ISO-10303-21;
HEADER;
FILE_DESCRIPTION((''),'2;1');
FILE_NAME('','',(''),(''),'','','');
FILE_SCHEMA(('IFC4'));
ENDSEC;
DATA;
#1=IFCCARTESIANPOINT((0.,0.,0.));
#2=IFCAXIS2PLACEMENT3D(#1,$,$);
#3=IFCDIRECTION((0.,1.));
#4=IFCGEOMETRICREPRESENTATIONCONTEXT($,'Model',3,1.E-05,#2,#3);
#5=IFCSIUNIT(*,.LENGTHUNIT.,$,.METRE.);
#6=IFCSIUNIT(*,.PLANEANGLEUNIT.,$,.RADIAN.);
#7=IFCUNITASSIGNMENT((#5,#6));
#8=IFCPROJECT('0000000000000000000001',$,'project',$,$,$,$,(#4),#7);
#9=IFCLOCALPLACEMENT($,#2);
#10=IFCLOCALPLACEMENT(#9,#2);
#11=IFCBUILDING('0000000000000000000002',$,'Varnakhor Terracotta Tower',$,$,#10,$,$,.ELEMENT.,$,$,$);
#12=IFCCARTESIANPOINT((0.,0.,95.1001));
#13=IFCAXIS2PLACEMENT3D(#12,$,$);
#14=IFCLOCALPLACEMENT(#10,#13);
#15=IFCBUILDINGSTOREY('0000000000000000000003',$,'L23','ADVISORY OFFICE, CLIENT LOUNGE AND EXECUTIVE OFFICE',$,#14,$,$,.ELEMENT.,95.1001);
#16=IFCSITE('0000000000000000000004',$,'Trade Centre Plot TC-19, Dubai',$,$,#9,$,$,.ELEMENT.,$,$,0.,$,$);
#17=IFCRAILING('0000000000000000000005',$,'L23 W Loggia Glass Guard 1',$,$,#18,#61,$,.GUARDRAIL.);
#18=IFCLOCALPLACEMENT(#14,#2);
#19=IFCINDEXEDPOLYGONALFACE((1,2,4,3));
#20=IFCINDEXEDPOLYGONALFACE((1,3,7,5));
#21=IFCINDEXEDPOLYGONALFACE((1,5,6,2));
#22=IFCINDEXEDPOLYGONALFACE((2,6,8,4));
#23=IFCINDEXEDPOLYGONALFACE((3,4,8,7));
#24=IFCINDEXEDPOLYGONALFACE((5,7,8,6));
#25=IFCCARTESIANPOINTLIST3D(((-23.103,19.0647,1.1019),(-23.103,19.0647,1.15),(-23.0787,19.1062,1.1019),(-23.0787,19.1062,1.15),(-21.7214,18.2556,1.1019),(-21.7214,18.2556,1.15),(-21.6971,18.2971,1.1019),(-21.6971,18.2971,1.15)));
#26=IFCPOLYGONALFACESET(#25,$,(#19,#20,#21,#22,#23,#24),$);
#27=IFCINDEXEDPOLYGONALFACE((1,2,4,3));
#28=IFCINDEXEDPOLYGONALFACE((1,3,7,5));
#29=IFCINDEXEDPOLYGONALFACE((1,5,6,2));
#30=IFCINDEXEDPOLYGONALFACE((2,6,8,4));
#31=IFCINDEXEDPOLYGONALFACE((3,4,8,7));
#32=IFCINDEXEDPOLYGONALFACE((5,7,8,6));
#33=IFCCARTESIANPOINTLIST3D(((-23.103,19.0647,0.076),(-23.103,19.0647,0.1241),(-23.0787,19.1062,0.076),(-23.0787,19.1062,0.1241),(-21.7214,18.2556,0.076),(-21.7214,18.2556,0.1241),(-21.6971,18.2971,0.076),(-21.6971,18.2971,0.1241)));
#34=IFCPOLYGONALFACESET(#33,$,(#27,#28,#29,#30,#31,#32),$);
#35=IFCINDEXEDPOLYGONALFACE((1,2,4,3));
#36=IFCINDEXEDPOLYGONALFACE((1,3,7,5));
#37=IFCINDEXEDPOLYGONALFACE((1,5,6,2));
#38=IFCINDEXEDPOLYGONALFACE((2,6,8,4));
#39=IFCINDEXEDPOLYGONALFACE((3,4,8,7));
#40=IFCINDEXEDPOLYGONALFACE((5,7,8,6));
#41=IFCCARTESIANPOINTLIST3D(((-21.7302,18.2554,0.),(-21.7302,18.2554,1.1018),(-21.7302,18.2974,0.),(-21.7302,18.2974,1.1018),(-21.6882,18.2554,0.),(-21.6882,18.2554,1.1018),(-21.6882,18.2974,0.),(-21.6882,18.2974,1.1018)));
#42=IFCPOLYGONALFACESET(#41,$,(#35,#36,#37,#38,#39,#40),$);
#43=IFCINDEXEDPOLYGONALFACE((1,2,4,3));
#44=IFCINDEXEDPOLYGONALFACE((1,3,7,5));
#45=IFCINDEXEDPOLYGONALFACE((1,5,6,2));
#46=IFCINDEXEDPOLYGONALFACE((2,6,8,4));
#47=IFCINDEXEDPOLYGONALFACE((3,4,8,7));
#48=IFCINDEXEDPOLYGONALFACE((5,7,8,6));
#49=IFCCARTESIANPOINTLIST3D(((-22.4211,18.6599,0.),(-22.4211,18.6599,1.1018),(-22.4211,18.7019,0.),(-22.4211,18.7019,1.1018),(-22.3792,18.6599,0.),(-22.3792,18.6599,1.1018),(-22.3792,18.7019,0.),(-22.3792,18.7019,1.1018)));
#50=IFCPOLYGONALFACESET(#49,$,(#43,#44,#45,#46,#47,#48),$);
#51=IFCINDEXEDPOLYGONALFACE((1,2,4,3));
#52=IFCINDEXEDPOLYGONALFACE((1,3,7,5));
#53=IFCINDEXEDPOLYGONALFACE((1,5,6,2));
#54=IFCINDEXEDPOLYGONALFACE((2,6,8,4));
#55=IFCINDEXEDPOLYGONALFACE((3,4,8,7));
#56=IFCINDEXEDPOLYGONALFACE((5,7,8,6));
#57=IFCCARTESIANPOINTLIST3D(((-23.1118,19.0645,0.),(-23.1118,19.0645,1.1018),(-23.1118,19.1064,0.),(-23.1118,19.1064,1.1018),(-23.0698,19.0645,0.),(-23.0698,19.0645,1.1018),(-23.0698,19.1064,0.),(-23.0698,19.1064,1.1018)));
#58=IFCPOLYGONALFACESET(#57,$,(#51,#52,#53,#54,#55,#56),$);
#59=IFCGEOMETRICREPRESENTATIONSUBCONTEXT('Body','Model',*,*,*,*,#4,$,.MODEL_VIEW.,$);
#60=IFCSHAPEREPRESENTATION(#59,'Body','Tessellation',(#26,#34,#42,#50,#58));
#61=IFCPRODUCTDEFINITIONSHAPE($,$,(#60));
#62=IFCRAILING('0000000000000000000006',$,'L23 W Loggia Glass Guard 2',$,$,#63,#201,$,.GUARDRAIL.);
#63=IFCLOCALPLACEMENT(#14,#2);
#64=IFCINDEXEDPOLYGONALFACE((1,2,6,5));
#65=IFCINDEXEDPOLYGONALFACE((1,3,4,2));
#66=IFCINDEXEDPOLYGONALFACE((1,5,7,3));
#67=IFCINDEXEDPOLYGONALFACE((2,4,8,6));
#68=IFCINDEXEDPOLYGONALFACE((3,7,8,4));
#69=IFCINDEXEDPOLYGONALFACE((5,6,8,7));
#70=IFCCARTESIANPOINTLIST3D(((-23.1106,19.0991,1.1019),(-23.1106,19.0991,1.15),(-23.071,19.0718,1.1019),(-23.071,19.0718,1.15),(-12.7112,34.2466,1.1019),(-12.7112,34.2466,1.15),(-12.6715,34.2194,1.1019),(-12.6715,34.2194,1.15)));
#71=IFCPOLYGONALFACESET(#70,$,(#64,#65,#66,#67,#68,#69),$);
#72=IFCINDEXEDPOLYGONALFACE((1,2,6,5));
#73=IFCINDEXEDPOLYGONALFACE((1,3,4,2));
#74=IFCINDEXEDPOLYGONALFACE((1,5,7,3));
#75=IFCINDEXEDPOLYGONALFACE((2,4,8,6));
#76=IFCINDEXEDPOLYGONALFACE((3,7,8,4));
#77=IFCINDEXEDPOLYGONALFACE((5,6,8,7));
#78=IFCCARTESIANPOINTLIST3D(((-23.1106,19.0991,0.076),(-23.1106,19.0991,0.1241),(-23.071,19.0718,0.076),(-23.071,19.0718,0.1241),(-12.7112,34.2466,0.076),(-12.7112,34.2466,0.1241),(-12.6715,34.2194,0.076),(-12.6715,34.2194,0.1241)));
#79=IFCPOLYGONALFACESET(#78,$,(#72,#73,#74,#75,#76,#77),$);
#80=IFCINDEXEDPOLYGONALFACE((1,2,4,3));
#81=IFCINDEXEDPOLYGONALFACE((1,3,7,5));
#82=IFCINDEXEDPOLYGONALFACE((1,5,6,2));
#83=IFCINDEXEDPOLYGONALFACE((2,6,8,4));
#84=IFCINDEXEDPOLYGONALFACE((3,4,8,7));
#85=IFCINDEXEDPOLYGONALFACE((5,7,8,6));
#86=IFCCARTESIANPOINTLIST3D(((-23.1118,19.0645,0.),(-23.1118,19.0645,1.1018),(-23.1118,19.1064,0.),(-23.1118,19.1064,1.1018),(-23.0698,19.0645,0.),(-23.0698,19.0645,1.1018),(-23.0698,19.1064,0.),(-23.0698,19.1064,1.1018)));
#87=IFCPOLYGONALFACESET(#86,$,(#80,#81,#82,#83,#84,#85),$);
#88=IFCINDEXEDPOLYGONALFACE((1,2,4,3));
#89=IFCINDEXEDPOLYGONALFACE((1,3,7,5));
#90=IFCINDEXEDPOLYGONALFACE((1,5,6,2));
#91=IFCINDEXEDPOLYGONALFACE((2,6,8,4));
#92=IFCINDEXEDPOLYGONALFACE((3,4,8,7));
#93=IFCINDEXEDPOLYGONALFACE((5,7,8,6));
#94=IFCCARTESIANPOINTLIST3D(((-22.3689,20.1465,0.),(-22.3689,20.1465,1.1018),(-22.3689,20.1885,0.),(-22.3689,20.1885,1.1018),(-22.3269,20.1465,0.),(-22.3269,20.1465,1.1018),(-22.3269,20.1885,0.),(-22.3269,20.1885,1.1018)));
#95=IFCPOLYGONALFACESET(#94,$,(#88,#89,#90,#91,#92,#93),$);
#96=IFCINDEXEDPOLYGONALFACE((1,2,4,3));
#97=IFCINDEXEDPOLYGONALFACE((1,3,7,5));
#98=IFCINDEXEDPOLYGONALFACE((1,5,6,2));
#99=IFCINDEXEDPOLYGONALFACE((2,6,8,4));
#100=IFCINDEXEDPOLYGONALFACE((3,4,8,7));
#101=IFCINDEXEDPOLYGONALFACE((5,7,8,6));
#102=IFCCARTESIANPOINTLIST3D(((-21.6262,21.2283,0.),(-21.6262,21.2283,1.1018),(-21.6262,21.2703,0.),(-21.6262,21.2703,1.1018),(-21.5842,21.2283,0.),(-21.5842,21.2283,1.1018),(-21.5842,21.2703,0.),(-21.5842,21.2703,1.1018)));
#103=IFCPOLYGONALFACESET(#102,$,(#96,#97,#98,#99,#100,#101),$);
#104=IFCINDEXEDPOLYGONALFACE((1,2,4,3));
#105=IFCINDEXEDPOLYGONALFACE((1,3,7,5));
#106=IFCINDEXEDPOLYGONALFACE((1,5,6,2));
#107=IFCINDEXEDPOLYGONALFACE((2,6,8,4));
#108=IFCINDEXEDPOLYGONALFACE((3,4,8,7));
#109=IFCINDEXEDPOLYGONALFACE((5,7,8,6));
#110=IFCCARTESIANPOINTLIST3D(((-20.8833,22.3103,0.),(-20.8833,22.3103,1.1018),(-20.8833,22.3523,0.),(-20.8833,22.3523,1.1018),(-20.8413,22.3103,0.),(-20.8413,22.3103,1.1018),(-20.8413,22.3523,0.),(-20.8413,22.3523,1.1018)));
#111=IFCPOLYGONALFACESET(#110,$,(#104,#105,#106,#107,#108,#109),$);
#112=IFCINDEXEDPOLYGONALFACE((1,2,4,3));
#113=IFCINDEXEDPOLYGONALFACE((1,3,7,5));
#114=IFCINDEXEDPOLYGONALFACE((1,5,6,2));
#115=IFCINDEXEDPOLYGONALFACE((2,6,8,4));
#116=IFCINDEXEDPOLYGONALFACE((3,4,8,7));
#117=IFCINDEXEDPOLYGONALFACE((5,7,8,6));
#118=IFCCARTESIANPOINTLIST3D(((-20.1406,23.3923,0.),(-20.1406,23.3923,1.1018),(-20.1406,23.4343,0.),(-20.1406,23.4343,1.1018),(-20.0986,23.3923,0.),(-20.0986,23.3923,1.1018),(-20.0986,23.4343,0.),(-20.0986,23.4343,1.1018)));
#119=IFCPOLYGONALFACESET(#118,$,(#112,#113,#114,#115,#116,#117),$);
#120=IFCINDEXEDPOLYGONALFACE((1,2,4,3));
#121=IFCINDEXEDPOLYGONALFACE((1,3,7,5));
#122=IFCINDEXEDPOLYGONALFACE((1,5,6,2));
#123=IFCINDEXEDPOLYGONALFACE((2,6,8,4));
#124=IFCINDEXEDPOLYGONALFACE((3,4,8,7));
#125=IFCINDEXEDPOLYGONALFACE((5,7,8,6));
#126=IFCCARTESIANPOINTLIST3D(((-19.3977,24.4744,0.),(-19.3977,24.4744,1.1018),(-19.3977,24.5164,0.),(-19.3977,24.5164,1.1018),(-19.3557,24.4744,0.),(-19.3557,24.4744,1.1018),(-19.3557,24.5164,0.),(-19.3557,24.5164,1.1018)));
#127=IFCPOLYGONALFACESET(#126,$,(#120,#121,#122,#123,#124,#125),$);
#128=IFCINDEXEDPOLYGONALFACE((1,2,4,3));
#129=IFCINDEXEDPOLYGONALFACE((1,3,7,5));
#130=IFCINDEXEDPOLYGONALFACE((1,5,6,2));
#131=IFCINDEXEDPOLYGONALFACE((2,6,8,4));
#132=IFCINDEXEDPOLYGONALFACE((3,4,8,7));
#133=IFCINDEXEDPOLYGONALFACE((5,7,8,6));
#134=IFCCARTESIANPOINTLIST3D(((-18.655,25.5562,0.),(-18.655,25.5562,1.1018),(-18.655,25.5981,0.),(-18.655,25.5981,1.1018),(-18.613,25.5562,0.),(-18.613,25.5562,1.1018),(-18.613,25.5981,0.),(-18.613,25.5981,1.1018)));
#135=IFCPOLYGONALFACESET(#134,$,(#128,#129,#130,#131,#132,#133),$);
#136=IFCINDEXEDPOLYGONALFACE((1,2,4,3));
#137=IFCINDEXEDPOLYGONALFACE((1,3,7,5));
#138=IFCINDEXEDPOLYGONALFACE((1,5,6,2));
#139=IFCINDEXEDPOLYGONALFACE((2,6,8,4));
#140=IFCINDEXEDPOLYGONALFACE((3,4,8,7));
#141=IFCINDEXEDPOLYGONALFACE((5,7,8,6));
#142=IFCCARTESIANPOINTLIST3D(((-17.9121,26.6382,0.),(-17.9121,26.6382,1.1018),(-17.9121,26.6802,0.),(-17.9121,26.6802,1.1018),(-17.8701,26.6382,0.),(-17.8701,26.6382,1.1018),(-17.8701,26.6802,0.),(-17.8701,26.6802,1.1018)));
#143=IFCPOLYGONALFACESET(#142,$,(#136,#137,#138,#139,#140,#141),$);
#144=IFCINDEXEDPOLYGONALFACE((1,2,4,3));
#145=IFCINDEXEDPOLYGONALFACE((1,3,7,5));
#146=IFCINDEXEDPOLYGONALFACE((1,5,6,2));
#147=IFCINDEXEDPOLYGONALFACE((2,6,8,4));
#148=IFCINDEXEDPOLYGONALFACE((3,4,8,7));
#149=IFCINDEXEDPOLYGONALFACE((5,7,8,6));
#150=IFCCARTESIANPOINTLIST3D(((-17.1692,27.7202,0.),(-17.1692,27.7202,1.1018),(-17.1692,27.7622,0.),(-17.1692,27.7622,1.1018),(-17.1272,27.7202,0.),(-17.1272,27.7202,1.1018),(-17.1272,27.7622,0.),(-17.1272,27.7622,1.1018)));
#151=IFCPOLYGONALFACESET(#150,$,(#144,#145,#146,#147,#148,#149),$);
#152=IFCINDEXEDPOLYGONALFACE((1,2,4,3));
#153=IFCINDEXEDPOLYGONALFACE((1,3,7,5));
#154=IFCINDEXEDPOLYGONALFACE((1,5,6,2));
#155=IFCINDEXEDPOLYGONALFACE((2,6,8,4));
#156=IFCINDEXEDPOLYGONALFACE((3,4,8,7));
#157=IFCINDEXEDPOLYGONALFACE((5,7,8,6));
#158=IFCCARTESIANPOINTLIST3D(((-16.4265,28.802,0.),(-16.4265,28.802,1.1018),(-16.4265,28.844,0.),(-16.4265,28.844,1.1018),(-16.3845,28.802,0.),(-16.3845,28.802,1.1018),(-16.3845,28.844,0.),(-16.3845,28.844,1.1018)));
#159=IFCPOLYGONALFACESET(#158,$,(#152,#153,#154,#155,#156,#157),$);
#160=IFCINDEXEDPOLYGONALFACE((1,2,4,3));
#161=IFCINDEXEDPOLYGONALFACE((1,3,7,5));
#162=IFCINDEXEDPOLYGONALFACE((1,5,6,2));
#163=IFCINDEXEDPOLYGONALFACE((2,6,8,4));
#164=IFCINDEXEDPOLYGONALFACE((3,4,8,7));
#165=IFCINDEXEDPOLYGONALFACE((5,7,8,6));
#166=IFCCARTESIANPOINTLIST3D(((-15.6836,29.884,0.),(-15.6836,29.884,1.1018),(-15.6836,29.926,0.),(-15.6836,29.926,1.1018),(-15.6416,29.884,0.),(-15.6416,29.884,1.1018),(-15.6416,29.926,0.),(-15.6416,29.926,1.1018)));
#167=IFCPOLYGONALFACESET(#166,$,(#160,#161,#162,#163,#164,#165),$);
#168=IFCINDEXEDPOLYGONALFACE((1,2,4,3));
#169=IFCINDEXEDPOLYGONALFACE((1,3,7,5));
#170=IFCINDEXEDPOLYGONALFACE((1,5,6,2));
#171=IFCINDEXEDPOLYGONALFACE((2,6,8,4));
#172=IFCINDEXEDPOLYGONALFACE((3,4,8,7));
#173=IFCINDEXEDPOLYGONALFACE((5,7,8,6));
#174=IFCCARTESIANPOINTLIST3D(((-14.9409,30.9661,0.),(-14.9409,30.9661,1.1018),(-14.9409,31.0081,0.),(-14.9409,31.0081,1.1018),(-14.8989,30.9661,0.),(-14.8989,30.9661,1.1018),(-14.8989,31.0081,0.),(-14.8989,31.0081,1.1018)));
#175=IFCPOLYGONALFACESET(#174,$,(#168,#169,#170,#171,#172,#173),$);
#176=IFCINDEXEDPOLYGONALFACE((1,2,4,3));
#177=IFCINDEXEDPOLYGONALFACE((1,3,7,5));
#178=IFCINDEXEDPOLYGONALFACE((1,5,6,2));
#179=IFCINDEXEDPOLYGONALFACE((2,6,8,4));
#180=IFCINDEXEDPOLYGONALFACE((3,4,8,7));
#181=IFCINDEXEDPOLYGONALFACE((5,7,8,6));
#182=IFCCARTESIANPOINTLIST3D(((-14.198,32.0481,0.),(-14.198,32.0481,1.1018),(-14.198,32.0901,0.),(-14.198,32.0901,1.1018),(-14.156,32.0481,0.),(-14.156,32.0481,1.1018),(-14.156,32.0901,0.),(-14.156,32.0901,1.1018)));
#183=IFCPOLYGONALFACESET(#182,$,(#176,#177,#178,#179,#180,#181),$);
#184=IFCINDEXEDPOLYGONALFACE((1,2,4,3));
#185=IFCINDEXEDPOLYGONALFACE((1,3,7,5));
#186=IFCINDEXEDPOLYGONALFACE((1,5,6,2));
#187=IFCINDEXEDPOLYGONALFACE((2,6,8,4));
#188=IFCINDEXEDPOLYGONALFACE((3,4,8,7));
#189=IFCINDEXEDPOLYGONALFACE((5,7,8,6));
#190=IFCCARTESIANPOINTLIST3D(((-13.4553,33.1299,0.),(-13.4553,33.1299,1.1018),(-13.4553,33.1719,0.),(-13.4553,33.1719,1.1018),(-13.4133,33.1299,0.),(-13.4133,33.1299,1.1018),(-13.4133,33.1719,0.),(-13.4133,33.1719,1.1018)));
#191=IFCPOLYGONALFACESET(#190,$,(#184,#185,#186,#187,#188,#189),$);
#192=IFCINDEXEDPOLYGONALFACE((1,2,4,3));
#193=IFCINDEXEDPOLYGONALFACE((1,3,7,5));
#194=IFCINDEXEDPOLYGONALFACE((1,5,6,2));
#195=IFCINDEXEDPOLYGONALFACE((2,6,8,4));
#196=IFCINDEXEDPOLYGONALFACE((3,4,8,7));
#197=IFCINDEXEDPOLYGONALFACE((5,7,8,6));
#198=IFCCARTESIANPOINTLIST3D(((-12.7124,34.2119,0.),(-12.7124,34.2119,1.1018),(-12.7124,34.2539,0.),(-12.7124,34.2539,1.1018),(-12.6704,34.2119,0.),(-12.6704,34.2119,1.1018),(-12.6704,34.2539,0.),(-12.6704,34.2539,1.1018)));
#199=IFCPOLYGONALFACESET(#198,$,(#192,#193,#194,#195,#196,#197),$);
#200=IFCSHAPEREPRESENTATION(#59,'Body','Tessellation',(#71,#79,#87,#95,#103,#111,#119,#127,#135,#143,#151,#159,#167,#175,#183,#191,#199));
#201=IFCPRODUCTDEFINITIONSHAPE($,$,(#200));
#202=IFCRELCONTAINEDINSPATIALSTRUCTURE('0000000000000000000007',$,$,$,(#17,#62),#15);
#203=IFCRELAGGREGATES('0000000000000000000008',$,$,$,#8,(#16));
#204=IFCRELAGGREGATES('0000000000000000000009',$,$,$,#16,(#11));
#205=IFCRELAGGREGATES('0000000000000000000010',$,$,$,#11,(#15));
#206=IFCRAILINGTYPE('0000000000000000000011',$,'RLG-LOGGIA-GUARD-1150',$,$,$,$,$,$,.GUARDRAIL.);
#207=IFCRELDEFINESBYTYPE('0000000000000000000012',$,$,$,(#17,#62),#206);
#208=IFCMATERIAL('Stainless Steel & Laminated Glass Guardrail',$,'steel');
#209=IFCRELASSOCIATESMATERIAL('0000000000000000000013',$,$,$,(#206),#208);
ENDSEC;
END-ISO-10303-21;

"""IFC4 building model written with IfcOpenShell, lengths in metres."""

from ifc_helpers import new_model, si_unit, direction, frame, origin, origin_2d, place, context, subcontext, project, spatial, rectangle, extrude, material, type_object, element, save


model = new_model("IFC4")

# Units and contexts
model_context = context("Model", 3, precision=1e-05, world=origin(), true_north=direction((0.0, 1.0)))
body_context = subcontext(model_context, "Body", "Model", "MODEL_VIEW")
ifc_project = project(units=[si_unit("LENGTHUNIT", "METRE"), si_unit("PLANEANGLEUNIT", "RADIAN")], contexts=[model_context])

# Site, building, storey
site_placement = place(None, origin())
site = spatial("IfcSite", under=ifc_project, at=site_placement, Name="Trade Centre Plot TC-19, Dubai", CompositionType="ELEMENT", RefElevation=0.0)
building_placement = place(site_placement, origin())
building = spatial("IfcBuilding", under=site, at=building_placement, Name="Varnakhor Terracotta Tower", CompositionType="ELEMENT")
storey_placement = place(building_placement, frame((0.0, 0.0, 95.1001)))
storey = spatial("IfcBuildingStorey", under=building, at=storey_placement, Name="L23", Description="ADVISORY OFFICE, CLIENT LOUNGE AND EXECUTIVE OFFICE", CompositionType="ELEMENT", Elevation=95.1001)

# Railings
ifc_material_1 = material(Name="Stainless Steel & Laminated Glass Guardrail", Category="steel")
railing_type = type_object("IfcRailingType", Name="RLG-LOGGIA-GUARD-1150", PredefinedType="GUARDRAIL", material=ifc_material_1)
railing_1_placement = place(storey_placement, frame((-21.7092, 18.2764, 0.0)))
element("IfcRailing", 1, at=railing_1_placement, inside=storey, type_object=railing_type, Name="L23 W Loggia Glass Guard 1", PredefinedType="GUARDRAIL", context=body_context, shape_type="SweptSolid", body=[
    extrude(rectangle(XDim=0.0481, YDim=0.0481, at=origin_2d()), frame((0.0, 0.0, 1.126), z_axis=(-0.86292, 0.50534, 0.0), x_axis=(-0.50534, -0.86292, 0.0)), (0.0, 0.0, 1.0), 1.6011),
    extrude(rectangle(XDim=0.0481, YDim=0.0481, at=origin_2d()), frame((0.0, 0.0, 0.1001), z_axis=(-0.86292, 0.50534, 0.0), x_axis=(-0.50534, -0.86292, 0.0)), (0.0, 0.0, 1.0), 1.6011),
    extrude(rectangle(XDim=0.042, YDim=0.042, at=origin_2d()), origin(), (0.0, 0.0, 1.0), 1.1018),
    extrude(rectangle(XDim=0.042, YDim=0.042, at=origin_2d()), frame((-0.6909, 0.4045, 0.0)), (0.0, 0.0, 1.0), 1.1018),
    extrude(rectangle(XDim=0.042, YDim=0.042, at=origin_2d()), frame((-1.3816, 0.8091, 0.0)), (0.0, 0.0, 1.0), 1.1018),
])
railing_2_placement = place(storey_placement, frame((-23.0908, 19.0854, 0.0)))
element("IfcRailing", 2, at=railing_2_placement, inside=storey, type_object=railing_type, Name="L23 W Loggia Glass Guard 2", PredefinedType="GUARDRAIL", context=body_context, shape_type="SweptSolid", body=[
    extrude(rectangle(XDim=0.0481, YDim=0.0481, at=origin_2d()), frame((0.0, 0.0, 1.126), z_axis=(0.565994, 0.824409, 0.0), x_axis=(-0.824409, 0.565994, 0.0)), (0.0, 0.0, 1.0), 18.3738),
    extrude(rectangle(XDim=0.0481, YDim=0.0481, at=origin_2d()), frame((0.0, 0.0, 0.1001), z_axis=(0.565994, 0.824409, 0.0), x_axis=(-0.824409, 0.565994, 0.0)), (0.0, 0.0, 1.0), 18.3738),
    extrude(rectangle(XDim=0.042, YDim=0.042, at=origin_2d()), origin(), (0.0, 0.0, 1.0), 1.1018),
    extrude(rectangle(XDim=0.042, YDim=0.042, at=origin_2d()), frame((0.7429, 1.082, 0.0)), (0.0, 0.0, 1.0), 1.1018),
    extrude(rectangle(XDim=0.042, YDim=0.042, at=origin_2d()), frame((1.4856, 2.1638, 0.0)), (0.0, 0.0, 1.0), 1.1018),
    extrude(rectangle(XDim=0.042, YDim=0.042, at=origin_2d()), frame((2.2285, 3.2458, 0.0)), (0.0, 0.0, 1.0), 1.1018),
    extrude(rectangle(XDim=0.042, YDim=0.042, at=origin_2d()), frame((2.9712, 4.3279, 0.0)), (0.0, 0.0, 1.0), 1.1018),
    extrude(rectangle(XDim=0.042, YDim=0.042, at=origin_2d()), frame((3.7141, 5.4099, 0.0)), (0.0, 0.0, 1.0), 1.1018),
    extrude(rectangle(XDim=0.042, YDim=0.042, at=origin_2d()), frame((4.4568, 6.4917, 0.0)), (0.0, 0.0, 1.0), 1.1018),
    extrude(rectangle(XDim=0.042, YDim=0.042, at=origin_2d()), frame((5.1997, 7.5737, 0.0)), (0.0, 0.0, 1.0), 1.1018),
    extrude(rectangle(XDim=0.042, YDim=0.042, at=origin_2d()), frame((5.9426, 8.6558, 0.0)), (0.0, 0.0, 1.0), 1.1018),
    extrude(rectangle(XDim=0.042, YDim=0.042, at=origin_2d()), frame((6.6853, 9.7375, 0.0)), (0.0, 0.0, 1.0), 1.1018),
    extrude(rectangle(XDim=0.042, YDim=0.042, at=origin_2d()), frame((7.4282, 10.8196, 0.0)), (0.0, 0.0, 1.0), 1.1018),
    extrude(rectangle(XDim=0.042, YDim=0.042, at=origin_2d()), frame((8.1709, 11.9016, 0.0)), (0.0, 0.0, 1.0), 1.1018),
    extrude(rectangle(XDim=0.042, YDim=0.042, at=origin_2d()), frame((8.9138, 12.9836, 0.0)), (0.0, 0.0, 1.0), 1.1018),
    extrude(rectangle(XDim=0.042, YDim=0.042, at=origin_2d()), frame((9.6565, 14.0654, 0.0)), (0.0, 0.0, 1.0), 1.1018),
    extrude(rectangle(XDim=0.042, YDim=0.042, at=origin_2d()), frame((10.3994, 15.1475, 0.0)), (0.0, 0.0, 1.0), 1.1018),
])

save(model, "model.ifc")
